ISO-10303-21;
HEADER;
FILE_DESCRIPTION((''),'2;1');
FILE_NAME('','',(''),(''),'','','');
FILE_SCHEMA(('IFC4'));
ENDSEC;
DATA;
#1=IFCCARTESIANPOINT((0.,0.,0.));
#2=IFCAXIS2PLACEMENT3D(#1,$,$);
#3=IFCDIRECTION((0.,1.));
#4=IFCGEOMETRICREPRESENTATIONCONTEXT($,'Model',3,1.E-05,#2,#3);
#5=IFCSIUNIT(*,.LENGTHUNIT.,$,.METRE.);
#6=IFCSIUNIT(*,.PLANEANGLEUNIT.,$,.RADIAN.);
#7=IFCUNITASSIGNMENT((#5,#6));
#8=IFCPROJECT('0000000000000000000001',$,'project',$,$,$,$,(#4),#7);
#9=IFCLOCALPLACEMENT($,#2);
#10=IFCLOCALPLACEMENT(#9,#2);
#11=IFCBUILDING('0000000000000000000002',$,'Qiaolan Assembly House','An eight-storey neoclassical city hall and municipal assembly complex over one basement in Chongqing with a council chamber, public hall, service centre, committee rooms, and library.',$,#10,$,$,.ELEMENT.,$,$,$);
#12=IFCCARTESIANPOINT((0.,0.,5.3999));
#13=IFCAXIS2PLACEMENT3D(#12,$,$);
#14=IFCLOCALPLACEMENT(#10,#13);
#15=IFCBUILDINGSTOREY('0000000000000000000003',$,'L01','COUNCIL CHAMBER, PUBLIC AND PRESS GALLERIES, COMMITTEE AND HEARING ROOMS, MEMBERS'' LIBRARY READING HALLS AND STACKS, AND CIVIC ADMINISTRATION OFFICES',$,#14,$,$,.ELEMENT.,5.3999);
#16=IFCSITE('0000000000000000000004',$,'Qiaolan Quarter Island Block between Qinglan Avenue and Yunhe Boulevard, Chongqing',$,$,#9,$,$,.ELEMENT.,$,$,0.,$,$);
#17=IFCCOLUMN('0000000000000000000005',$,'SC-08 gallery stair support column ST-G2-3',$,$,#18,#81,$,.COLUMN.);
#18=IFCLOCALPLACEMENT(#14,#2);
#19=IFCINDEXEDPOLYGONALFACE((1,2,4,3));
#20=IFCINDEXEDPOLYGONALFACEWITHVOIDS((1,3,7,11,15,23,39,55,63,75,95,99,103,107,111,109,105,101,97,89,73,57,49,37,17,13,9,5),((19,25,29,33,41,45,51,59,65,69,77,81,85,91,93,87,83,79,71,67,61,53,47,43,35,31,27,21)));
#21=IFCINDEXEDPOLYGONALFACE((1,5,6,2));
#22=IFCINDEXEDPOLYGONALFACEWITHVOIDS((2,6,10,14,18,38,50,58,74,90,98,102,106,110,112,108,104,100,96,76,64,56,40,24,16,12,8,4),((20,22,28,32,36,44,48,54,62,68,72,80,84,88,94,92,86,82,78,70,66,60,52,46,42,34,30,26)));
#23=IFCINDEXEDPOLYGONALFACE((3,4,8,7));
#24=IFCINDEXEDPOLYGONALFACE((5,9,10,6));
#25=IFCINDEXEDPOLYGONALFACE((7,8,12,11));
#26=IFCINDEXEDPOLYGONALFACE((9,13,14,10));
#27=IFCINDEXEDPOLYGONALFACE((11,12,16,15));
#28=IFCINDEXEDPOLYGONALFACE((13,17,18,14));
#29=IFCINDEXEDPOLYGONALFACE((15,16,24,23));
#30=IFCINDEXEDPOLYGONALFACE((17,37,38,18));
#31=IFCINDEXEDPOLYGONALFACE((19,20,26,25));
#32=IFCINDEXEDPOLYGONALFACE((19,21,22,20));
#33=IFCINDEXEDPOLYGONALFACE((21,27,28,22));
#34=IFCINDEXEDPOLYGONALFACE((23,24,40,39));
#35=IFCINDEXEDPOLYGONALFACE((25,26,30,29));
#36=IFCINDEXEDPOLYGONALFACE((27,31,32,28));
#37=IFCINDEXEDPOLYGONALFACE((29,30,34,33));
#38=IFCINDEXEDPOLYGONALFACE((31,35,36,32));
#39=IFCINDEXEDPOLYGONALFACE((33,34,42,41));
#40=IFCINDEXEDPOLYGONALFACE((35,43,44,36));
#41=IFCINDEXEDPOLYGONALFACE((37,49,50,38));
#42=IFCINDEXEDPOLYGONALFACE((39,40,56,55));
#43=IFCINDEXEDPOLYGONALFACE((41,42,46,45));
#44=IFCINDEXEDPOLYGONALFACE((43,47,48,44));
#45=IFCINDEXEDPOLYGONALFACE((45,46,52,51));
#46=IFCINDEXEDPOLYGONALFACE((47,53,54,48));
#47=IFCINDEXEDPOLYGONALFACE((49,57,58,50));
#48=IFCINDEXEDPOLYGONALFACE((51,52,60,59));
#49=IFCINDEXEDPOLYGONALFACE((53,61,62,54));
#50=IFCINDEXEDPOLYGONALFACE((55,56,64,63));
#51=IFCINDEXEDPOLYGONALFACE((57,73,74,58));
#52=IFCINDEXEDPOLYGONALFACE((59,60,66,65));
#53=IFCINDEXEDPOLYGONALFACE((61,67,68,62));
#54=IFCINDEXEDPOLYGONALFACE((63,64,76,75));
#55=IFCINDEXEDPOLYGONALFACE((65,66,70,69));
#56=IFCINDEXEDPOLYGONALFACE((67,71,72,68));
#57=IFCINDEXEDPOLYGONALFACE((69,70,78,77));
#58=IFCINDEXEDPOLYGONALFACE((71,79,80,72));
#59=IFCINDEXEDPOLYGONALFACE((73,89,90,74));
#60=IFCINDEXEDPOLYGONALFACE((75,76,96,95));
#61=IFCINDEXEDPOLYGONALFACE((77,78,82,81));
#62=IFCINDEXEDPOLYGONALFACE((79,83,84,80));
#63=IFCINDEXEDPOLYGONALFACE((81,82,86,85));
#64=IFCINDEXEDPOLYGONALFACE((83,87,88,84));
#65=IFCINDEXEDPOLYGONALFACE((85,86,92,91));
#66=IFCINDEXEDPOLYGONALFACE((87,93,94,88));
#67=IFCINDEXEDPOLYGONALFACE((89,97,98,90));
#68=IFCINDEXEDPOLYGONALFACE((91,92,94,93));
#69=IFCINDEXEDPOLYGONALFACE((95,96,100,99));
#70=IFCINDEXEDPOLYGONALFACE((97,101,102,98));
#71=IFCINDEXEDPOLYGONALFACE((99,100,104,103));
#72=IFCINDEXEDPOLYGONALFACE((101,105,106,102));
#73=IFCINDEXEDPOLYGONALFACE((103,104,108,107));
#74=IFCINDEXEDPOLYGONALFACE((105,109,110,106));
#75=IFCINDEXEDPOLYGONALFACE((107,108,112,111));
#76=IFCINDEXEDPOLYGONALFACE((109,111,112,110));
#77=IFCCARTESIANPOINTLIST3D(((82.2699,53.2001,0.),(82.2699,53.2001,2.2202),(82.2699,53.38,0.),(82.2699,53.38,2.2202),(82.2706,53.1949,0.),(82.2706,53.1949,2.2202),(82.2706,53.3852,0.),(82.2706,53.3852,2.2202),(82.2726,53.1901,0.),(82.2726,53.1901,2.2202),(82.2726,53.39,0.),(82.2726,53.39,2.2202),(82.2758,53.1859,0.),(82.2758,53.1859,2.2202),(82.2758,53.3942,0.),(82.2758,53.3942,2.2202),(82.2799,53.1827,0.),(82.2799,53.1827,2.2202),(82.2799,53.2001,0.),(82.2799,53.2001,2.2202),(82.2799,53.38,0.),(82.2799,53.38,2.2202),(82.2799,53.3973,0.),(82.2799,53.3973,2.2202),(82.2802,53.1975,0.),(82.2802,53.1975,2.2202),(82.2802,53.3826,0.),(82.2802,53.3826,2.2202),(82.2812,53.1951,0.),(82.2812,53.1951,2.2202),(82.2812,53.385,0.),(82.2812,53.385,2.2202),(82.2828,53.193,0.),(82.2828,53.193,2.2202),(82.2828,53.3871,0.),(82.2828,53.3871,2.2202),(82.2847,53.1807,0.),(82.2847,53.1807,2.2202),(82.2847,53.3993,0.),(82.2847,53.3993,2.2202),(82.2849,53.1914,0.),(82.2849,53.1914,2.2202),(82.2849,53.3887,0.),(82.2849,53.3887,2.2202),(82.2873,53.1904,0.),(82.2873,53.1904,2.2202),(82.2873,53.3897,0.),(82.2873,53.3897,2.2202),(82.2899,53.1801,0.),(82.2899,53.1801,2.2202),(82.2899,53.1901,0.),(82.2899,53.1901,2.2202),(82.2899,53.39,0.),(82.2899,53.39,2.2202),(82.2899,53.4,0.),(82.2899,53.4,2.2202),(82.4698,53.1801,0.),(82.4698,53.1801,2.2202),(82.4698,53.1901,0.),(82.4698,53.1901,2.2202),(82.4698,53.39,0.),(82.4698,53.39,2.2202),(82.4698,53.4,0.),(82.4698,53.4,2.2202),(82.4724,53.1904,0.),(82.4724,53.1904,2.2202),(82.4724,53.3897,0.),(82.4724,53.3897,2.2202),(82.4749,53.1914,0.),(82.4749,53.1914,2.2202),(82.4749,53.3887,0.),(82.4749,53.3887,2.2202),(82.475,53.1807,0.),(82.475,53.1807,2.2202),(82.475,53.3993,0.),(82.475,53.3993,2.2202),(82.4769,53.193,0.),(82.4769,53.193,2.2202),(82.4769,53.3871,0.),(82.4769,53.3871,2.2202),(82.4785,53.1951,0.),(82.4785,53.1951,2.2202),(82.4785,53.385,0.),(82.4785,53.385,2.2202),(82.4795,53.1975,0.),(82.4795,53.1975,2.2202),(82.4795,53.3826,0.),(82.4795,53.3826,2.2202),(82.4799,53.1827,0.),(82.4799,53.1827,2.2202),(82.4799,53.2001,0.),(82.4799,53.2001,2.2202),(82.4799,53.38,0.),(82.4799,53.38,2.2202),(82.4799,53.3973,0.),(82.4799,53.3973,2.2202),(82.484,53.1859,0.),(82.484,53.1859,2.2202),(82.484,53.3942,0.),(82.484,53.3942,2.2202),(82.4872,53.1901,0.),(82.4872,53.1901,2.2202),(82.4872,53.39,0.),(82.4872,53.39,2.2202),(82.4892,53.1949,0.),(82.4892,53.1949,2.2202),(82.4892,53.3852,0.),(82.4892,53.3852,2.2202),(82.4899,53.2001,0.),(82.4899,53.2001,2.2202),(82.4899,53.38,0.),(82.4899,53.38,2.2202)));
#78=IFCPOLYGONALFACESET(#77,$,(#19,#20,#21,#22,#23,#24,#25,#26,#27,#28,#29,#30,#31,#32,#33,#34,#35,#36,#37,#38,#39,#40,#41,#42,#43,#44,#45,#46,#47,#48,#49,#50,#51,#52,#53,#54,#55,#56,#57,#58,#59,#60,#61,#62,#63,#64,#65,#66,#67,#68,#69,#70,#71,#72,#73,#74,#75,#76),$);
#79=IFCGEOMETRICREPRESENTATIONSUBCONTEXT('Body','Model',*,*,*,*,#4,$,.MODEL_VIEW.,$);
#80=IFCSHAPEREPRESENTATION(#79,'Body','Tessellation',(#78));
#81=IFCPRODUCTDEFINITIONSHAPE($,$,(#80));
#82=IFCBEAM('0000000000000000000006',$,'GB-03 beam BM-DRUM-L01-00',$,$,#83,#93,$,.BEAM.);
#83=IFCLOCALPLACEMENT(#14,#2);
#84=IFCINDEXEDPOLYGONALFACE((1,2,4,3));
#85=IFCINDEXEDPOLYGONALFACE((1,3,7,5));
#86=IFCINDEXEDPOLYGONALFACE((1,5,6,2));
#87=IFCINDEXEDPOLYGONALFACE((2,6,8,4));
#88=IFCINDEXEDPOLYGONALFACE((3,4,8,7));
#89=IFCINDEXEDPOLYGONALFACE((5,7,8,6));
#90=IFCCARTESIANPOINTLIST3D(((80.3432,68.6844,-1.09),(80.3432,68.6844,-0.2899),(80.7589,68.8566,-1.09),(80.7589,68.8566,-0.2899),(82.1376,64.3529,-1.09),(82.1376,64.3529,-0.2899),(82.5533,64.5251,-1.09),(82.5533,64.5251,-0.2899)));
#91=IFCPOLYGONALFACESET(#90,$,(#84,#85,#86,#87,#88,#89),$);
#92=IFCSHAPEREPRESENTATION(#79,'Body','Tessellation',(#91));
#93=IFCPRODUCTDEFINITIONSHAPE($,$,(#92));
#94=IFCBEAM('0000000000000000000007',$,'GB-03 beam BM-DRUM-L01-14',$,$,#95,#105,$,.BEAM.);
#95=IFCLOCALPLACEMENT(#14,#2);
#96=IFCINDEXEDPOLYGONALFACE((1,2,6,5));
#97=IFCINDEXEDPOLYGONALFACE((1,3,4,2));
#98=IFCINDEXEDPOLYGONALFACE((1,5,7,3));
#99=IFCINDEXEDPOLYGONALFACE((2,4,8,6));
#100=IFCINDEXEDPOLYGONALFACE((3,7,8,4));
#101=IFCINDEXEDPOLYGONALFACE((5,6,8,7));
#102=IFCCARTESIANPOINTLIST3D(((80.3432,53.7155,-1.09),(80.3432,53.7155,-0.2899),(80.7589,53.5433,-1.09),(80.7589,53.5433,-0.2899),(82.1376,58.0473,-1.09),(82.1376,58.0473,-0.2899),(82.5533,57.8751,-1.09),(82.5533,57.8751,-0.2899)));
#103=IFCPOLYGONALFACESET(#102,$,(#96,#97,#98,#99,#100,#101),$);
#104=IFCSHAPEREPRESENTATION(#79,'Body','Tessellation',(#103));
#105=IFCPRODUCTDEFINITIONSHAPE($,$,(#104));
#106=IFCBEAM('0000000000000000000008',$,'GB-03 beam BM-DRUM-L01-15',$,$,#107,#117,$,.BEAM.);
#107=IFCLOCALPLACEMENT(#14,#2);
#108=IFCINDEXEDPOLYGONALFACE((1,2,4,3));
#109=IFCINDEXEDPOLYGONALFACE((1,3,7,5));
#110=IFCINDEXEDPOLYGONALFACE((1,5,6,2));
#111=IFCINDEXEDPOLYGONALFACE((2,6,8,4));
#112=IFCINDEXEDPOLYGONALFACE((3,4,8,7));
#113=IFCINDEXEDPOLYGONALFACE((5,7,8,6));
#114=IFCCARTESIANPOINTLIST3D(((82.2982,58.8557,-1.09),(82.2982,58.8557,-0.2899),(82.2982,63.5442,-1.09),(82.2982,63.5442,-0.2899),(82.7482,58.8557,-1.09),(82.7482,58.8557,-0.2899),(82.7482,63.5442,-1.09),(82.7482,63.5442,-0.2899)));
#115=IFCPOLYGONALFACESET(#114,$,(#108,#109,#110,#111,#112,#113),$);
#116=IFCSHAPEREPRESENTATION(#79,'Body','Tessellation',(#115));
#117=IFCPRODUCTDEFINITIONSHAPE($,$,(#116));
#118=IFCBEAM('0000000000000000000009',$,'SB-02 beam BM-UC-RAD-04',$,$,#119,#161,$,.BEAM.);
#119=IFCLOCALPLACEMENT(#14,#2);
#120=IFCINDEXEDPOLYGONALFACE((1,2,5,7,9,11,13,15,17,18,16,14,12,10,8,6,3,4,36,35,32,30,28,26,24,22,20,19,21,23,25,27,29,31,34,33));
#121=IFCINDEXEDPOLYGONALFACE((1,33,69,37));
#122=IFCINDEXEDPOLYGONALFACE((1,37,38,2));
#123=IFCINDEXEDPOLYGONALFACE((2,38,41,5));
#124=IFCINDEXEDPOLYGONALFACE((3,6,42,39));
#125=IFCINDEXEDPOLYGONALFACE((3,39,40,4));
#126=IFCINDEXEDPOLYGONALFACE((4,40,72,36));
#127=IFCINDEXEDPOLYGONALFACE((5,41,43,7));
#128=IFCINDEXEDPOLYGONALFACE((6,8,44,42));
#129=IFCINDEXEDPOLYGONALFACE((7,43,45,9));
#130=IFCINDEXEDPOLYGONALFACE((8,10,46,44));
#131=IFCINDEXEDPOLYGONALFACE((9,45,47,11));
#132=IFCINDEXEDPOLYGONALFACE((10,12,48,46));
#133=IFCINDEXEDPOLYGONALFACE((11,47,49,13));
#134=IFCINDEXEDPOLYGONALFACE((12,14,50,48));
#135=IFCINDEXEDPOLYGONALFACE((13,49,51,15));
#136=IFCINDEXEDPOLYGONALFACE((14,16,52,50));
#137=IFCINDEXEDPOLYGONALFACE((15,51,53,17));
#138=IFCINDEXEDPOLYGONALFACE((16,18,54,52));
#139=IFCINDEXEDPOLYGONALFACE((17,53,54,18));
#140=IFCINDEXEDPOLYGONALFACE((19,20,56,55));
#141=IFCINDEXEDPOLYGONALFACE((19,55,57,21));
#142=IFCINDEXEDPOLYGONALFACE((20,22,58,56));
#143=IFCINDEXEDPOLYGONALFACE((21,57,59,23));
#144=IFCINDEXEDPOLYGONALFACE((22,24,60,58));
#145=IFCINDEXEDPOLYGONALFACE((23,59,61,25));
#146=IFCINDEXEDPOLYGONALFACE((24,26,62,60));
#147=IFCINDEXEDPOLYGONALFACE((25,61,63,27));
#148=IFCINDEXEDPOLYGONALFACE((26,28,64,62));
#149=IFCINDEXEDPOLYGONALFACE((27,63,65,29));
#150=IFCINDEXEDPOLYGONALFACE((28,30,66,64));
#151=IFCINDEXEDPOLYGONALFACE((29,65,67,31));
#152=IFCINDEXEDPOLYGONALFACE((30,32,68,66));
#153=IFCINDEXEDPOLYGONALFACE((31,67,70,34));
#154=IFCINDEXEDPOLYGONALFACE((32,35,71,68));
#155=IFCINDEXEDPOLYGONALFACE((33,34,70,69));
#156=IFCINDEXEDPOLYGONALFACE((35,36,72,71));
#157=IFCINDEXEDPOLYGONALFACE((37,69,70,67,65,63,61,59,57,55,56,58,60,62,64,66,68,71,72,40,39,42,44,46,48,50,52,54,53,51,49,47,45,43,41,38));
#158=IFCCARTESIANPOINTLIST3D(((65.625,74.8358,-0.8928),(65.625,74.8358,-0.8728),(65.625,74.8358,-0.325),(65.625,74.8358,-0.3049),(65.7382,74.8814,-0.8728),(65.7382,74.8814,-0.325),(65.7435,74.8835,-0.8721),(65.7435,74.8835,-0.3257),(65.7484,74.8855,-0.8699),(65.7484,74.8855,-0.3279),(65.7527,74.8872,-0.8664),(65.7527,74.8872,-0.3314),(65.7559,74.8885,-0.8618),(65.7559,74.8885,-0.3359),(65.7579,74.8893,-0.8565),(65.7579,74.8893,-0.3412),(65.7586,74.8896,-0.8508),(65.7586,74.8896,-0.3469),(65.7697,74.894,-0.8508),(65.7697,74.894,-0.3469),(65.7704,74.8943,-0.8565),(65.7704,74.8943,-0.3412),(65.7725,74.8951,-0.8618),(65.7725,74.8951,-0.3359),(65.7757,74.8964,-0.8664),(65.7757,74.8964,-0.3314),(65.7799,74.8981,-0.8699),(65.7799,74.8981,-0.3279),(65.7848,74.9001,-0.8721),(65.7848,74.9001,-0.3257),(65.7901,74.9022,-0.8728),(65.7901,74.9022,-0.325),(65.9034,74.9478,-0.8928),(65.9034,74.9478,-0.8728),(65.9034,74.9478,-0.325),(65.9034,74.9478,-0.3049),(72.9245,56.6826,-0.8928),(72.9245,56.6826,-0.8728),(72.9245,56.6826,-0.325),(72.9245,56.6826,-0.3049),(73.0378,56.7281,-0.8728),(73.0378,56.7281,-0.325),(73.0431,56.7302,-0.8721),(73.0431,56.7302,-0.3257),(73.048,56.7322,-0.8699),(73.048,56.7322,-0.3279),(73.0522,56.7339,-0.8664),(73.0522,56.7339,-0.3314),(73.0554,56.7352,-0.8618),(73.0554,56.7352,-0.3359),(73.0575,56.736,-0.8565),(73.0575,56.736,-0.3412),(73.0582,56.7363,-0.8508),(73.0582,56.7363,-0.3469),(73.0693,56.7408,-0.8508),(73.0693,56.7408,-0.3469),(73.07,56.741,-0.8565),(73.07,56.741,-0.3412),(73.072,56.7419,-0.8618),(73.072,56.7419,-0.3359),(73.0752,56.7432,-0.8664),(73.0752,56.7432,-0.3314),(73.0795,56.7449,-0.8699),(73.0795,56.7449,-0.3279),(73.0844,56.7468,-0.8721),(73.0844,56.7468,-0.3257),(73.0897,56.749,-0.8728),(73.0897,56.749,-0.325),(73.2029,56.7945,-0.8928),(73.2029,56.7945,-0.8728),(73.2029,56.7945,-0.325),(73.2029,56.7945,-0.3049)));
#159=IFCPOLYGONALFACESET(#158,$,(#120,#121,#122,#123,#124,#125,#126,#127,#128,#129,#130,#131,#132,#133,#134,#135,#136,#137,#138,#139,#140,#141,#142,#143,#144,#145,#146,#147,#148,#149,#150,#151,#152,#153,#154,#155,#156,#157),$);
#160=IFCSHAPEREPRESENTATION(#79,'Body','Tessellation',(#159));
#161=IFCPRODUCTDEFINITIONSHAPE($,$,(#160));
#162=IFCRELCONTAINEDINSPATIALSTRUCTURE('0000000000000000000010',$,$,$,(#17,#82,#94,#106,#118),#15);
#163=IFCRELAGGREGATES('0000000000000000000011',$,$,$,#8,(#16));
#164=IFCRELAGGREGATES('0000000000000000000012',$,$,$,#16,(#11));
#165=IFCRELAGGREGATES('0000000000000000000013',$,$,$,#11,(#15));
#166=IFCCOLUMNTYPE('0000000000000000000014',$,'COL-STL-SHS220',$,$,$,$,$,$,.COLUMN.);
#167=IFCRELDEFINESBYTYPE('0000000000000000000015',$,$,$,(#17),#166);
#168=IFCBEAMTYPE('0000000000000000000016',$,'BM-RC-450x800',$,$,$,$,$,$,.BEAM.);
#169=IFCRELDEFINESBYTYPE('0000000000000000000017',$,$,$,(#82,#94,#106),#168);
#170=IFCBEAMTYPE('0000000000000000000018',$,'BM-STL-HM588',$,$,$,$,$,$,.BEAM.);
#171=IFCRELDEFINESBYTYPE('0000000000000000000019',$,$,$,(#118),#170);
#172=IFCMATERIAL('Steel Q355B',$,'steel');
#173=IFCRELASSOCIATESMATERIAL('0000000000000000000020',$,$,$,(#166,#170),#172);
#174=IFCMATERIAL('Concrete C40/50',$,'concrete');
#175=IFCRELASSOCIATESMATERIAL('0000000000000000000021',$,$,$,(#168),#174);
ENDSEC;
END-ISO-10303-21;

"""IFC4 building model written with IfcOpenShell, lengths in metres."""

from ifc_helpers import new_model, si_unit, direction, frame, origin, origin_2d, place, context, subcontext, project, spatial, rectangle, hollow_rectangle, i_section, extrude, material, material_profile, profile_set, type_object, element, save


model = new_model("IFC4")

# Units and contexts
model_context = context("Model", 3, precision=1e-05, world=origin(), true_north=direction((0.0, 1.0)))
body_context = subcontext(model_context, "Body", "Model", "MODEL_VIEW")
ifc_project = project(units=[si_unit("LENGTHUNIT", "METRE"), si_unit("PLANEANGLEUNIT", "RADIAN")], contexts=[model_context])

# Site, building, storey
site_placement = place(None, origin())
site = spatial("IfcSite", under=ifc_project, at=site_placement, Name="Qiaolan Quarter Island Block between Qinglan Avenue and Yunhe Boulevard, Chongqing", CompositionType="ELEMENT", RefElevation=0.0)
building_placement = place(site_placement, origin())
building = spatial("IfcBuilding", under=site, at=building_placement, Name="Qiaolan Assembly House", Description="An eight-storey neoclassical city hall and municipal assembly complex over one basement in Chongqing with a council chamber, public hall, service centre, committee rooms, and library.", CompositionType="ELEMENT")
storey_placement = place(building_placement, frame((0.0, 0.0, 5.3999)))
storey = spatial("IfcBuildingStorey", under=building, at=storey_placement, Name="L01", Description="COUNCIL CHAMBER, PUBLIC AND PRESS GALLERIES, COMMITTEE AND HEARING ROOMS, MEMBERS' LIBRARY READING HALLS AND STACKS, AND CIVIC ADMINISTRATION OFFICES", CompositionType="ELEMENT", Elevation=5.3999)

# Column
ifc_material_1 = material(Name="Steel Q355B", Category="steel")
ifc_material_profile_1 = material_profile(ifc_material_1, hollow_rectangle(XDim=0.22, YDim=0.22, WallThickness=0.01, InnerFilletRadius=0.01, OuterFilletRadius=0.02, at=origin_2d()), Name="SHS 220x220x10")
ifc_profile_set_1 = profile_set([ifc_material_profile_1], Name="Steel Q355B")
column_type_1 = type_object("IfcColumnType", Name="COL-STL-SHS220", PredefinedType="COLUMN", material=ifc_profile_set_1)
for number, where, z_axis, x_axis, name in (
    (1, (82.3799, 53.29, 0.0), (0.0, 0.0, 1.0), (1.0, 0.0, 0.0), "SC-08 gallery stair support column ST-G2-3"),
):
    element("IfcColumn", number, at=place(storey_placement, frame(where, z_axis=z_axis, x_axis=x_axis)), inside=storey, type_object=column_type_1, Name=name, PredefinedType="COLUMN", context=body_context, shape_type="SweptSolid", body=[
        extrude(hollow_rectangle(XDim=0.22, YDim=0.22, WallThickness=0.01, InnerFilletRadius=0.01, OuterFilletRadius=0.02, at=origin_2d()), origin(), (0.0, 0.0, 1.0), 2.2202),
    ])

# Beams
ifc_material_2 = material(Name="Concrete C40/50", Category="concrete")
ifc_material_profile_2 = material_profile(ifc_material_2, rectangle(XDim=0.45, YDim=0.8, at=origin_2d()), Name="RCB 450x800")
ifc_profile_set_2 = profile_set([ifc_material_profile_2], Name="Concrete C40/50")
beam_type_1 = type_object("IfcBeamType", Name="BM-RC-450x800", PredefinedType="BEAM", material=ifc_profile_set_2)
beam_1_placement = place(storey_placement, frame((82.3455, 64.439, -0.6899), z_axis=(-0.382729, 0.923861, 0.0), x_axis=(-0.923861, -0.382729, 0.0)))
element("IfcBeam", 2, at=beam_1_placement, inside=storey, type_object=beam_type_1, Name="GB-03 beam BM-DRUM-L01-00", PredefinedType="BEAM", context=body_context, shape_type="SweptSolid", body=[
    extrude(rectangle(XDim=0.45, YDim=0.8, at=origin_2d()), origin(), (0.0, 0.0, 1.0), 4.6885),
])
beam_2_placement = place(storey_placement, frame((80.551, 53.6294, -0.6899), z_axis=(0.38271, 0.923868, 0.0), x_axis=(-0.923868, 0.38271, 0.0)))
element("IfcBeam", 3, at=beam_2_placement, inside=storey, type_object=beam_type_1, Name="GB-03 beam BM-DRUM-L01-14", PredefinedType="BEAM", context=body_context, shape_type="SweptSolid", body=[
    extrude(rectangle(XDim=0.45, YDim=0.8, at=origin_2d()), origin(), (0.0, 0.0, 1.0), 4.6887),
])
beam_3_placement = place(storey_placement, frame((82.5232, 58.8557, -0.6899), z_axis=(0.0, 1.0, 0.0), x_axis=(-1.0, 0.0, 0.0)))
element("IfcBeam", 4, at=beam_3_placement, inside=storey, type_object=beam_type_1, Name="GB-03 beam BM-DRUM-L01-15", PredefinedType="BEAM", context=body_context, shape_type="SweptSolid", body=[
    extrude(rectangle(XDim=0.45, YDim=0.8, at=origin_2d()), origin(), (0.0, 0.0, 1.0), 4.6885),
])
ifc_material_profile_3 = material_profile(ifc_material_1, i_section(OverallWidth=0.3, OverallDepth=0.5879, WebThickness=0.012, FlangeThickness=0.02, FilletRadius=0.022, at=origin_2d()), Name="HM 588x300x12x20")
ifc_profile_set_3 = profile_set([ifc_material_profile_3], Name="Steel Q355B")
beam_type_2 = type_object("IfcBeamType", Name="BM-STL-HM588", PredefinedType="BEAM", material=ifc_profile_set_3)
beam_4_placement = place(storey_placement, frame((73.0637, 56.7385, -0.5989), z_axis=(-0.373075, 0.927801, 0.0), x_axis=(-0.927801, -0.373075, 0.0)))
element("IfcBeam", 5, at=beam_4_placement, inside=storey, type_object=beam_type_2, Name="SB-02 beam BM-UC-RAD-04", PredefinedType="BEAM", context=body_context, shape_type="SweptSolid", body=[
    extrude(i_section(OverallWidth=0.3, OverallDepth=0.5879, WebThickness=0.012, FlangeThickness=0.02, FilletRadius=0.022, at=origin_2d()), origin(), (0.0, 0.0, 1.0), 19.5659),
])

save(model, "model.ifc")
